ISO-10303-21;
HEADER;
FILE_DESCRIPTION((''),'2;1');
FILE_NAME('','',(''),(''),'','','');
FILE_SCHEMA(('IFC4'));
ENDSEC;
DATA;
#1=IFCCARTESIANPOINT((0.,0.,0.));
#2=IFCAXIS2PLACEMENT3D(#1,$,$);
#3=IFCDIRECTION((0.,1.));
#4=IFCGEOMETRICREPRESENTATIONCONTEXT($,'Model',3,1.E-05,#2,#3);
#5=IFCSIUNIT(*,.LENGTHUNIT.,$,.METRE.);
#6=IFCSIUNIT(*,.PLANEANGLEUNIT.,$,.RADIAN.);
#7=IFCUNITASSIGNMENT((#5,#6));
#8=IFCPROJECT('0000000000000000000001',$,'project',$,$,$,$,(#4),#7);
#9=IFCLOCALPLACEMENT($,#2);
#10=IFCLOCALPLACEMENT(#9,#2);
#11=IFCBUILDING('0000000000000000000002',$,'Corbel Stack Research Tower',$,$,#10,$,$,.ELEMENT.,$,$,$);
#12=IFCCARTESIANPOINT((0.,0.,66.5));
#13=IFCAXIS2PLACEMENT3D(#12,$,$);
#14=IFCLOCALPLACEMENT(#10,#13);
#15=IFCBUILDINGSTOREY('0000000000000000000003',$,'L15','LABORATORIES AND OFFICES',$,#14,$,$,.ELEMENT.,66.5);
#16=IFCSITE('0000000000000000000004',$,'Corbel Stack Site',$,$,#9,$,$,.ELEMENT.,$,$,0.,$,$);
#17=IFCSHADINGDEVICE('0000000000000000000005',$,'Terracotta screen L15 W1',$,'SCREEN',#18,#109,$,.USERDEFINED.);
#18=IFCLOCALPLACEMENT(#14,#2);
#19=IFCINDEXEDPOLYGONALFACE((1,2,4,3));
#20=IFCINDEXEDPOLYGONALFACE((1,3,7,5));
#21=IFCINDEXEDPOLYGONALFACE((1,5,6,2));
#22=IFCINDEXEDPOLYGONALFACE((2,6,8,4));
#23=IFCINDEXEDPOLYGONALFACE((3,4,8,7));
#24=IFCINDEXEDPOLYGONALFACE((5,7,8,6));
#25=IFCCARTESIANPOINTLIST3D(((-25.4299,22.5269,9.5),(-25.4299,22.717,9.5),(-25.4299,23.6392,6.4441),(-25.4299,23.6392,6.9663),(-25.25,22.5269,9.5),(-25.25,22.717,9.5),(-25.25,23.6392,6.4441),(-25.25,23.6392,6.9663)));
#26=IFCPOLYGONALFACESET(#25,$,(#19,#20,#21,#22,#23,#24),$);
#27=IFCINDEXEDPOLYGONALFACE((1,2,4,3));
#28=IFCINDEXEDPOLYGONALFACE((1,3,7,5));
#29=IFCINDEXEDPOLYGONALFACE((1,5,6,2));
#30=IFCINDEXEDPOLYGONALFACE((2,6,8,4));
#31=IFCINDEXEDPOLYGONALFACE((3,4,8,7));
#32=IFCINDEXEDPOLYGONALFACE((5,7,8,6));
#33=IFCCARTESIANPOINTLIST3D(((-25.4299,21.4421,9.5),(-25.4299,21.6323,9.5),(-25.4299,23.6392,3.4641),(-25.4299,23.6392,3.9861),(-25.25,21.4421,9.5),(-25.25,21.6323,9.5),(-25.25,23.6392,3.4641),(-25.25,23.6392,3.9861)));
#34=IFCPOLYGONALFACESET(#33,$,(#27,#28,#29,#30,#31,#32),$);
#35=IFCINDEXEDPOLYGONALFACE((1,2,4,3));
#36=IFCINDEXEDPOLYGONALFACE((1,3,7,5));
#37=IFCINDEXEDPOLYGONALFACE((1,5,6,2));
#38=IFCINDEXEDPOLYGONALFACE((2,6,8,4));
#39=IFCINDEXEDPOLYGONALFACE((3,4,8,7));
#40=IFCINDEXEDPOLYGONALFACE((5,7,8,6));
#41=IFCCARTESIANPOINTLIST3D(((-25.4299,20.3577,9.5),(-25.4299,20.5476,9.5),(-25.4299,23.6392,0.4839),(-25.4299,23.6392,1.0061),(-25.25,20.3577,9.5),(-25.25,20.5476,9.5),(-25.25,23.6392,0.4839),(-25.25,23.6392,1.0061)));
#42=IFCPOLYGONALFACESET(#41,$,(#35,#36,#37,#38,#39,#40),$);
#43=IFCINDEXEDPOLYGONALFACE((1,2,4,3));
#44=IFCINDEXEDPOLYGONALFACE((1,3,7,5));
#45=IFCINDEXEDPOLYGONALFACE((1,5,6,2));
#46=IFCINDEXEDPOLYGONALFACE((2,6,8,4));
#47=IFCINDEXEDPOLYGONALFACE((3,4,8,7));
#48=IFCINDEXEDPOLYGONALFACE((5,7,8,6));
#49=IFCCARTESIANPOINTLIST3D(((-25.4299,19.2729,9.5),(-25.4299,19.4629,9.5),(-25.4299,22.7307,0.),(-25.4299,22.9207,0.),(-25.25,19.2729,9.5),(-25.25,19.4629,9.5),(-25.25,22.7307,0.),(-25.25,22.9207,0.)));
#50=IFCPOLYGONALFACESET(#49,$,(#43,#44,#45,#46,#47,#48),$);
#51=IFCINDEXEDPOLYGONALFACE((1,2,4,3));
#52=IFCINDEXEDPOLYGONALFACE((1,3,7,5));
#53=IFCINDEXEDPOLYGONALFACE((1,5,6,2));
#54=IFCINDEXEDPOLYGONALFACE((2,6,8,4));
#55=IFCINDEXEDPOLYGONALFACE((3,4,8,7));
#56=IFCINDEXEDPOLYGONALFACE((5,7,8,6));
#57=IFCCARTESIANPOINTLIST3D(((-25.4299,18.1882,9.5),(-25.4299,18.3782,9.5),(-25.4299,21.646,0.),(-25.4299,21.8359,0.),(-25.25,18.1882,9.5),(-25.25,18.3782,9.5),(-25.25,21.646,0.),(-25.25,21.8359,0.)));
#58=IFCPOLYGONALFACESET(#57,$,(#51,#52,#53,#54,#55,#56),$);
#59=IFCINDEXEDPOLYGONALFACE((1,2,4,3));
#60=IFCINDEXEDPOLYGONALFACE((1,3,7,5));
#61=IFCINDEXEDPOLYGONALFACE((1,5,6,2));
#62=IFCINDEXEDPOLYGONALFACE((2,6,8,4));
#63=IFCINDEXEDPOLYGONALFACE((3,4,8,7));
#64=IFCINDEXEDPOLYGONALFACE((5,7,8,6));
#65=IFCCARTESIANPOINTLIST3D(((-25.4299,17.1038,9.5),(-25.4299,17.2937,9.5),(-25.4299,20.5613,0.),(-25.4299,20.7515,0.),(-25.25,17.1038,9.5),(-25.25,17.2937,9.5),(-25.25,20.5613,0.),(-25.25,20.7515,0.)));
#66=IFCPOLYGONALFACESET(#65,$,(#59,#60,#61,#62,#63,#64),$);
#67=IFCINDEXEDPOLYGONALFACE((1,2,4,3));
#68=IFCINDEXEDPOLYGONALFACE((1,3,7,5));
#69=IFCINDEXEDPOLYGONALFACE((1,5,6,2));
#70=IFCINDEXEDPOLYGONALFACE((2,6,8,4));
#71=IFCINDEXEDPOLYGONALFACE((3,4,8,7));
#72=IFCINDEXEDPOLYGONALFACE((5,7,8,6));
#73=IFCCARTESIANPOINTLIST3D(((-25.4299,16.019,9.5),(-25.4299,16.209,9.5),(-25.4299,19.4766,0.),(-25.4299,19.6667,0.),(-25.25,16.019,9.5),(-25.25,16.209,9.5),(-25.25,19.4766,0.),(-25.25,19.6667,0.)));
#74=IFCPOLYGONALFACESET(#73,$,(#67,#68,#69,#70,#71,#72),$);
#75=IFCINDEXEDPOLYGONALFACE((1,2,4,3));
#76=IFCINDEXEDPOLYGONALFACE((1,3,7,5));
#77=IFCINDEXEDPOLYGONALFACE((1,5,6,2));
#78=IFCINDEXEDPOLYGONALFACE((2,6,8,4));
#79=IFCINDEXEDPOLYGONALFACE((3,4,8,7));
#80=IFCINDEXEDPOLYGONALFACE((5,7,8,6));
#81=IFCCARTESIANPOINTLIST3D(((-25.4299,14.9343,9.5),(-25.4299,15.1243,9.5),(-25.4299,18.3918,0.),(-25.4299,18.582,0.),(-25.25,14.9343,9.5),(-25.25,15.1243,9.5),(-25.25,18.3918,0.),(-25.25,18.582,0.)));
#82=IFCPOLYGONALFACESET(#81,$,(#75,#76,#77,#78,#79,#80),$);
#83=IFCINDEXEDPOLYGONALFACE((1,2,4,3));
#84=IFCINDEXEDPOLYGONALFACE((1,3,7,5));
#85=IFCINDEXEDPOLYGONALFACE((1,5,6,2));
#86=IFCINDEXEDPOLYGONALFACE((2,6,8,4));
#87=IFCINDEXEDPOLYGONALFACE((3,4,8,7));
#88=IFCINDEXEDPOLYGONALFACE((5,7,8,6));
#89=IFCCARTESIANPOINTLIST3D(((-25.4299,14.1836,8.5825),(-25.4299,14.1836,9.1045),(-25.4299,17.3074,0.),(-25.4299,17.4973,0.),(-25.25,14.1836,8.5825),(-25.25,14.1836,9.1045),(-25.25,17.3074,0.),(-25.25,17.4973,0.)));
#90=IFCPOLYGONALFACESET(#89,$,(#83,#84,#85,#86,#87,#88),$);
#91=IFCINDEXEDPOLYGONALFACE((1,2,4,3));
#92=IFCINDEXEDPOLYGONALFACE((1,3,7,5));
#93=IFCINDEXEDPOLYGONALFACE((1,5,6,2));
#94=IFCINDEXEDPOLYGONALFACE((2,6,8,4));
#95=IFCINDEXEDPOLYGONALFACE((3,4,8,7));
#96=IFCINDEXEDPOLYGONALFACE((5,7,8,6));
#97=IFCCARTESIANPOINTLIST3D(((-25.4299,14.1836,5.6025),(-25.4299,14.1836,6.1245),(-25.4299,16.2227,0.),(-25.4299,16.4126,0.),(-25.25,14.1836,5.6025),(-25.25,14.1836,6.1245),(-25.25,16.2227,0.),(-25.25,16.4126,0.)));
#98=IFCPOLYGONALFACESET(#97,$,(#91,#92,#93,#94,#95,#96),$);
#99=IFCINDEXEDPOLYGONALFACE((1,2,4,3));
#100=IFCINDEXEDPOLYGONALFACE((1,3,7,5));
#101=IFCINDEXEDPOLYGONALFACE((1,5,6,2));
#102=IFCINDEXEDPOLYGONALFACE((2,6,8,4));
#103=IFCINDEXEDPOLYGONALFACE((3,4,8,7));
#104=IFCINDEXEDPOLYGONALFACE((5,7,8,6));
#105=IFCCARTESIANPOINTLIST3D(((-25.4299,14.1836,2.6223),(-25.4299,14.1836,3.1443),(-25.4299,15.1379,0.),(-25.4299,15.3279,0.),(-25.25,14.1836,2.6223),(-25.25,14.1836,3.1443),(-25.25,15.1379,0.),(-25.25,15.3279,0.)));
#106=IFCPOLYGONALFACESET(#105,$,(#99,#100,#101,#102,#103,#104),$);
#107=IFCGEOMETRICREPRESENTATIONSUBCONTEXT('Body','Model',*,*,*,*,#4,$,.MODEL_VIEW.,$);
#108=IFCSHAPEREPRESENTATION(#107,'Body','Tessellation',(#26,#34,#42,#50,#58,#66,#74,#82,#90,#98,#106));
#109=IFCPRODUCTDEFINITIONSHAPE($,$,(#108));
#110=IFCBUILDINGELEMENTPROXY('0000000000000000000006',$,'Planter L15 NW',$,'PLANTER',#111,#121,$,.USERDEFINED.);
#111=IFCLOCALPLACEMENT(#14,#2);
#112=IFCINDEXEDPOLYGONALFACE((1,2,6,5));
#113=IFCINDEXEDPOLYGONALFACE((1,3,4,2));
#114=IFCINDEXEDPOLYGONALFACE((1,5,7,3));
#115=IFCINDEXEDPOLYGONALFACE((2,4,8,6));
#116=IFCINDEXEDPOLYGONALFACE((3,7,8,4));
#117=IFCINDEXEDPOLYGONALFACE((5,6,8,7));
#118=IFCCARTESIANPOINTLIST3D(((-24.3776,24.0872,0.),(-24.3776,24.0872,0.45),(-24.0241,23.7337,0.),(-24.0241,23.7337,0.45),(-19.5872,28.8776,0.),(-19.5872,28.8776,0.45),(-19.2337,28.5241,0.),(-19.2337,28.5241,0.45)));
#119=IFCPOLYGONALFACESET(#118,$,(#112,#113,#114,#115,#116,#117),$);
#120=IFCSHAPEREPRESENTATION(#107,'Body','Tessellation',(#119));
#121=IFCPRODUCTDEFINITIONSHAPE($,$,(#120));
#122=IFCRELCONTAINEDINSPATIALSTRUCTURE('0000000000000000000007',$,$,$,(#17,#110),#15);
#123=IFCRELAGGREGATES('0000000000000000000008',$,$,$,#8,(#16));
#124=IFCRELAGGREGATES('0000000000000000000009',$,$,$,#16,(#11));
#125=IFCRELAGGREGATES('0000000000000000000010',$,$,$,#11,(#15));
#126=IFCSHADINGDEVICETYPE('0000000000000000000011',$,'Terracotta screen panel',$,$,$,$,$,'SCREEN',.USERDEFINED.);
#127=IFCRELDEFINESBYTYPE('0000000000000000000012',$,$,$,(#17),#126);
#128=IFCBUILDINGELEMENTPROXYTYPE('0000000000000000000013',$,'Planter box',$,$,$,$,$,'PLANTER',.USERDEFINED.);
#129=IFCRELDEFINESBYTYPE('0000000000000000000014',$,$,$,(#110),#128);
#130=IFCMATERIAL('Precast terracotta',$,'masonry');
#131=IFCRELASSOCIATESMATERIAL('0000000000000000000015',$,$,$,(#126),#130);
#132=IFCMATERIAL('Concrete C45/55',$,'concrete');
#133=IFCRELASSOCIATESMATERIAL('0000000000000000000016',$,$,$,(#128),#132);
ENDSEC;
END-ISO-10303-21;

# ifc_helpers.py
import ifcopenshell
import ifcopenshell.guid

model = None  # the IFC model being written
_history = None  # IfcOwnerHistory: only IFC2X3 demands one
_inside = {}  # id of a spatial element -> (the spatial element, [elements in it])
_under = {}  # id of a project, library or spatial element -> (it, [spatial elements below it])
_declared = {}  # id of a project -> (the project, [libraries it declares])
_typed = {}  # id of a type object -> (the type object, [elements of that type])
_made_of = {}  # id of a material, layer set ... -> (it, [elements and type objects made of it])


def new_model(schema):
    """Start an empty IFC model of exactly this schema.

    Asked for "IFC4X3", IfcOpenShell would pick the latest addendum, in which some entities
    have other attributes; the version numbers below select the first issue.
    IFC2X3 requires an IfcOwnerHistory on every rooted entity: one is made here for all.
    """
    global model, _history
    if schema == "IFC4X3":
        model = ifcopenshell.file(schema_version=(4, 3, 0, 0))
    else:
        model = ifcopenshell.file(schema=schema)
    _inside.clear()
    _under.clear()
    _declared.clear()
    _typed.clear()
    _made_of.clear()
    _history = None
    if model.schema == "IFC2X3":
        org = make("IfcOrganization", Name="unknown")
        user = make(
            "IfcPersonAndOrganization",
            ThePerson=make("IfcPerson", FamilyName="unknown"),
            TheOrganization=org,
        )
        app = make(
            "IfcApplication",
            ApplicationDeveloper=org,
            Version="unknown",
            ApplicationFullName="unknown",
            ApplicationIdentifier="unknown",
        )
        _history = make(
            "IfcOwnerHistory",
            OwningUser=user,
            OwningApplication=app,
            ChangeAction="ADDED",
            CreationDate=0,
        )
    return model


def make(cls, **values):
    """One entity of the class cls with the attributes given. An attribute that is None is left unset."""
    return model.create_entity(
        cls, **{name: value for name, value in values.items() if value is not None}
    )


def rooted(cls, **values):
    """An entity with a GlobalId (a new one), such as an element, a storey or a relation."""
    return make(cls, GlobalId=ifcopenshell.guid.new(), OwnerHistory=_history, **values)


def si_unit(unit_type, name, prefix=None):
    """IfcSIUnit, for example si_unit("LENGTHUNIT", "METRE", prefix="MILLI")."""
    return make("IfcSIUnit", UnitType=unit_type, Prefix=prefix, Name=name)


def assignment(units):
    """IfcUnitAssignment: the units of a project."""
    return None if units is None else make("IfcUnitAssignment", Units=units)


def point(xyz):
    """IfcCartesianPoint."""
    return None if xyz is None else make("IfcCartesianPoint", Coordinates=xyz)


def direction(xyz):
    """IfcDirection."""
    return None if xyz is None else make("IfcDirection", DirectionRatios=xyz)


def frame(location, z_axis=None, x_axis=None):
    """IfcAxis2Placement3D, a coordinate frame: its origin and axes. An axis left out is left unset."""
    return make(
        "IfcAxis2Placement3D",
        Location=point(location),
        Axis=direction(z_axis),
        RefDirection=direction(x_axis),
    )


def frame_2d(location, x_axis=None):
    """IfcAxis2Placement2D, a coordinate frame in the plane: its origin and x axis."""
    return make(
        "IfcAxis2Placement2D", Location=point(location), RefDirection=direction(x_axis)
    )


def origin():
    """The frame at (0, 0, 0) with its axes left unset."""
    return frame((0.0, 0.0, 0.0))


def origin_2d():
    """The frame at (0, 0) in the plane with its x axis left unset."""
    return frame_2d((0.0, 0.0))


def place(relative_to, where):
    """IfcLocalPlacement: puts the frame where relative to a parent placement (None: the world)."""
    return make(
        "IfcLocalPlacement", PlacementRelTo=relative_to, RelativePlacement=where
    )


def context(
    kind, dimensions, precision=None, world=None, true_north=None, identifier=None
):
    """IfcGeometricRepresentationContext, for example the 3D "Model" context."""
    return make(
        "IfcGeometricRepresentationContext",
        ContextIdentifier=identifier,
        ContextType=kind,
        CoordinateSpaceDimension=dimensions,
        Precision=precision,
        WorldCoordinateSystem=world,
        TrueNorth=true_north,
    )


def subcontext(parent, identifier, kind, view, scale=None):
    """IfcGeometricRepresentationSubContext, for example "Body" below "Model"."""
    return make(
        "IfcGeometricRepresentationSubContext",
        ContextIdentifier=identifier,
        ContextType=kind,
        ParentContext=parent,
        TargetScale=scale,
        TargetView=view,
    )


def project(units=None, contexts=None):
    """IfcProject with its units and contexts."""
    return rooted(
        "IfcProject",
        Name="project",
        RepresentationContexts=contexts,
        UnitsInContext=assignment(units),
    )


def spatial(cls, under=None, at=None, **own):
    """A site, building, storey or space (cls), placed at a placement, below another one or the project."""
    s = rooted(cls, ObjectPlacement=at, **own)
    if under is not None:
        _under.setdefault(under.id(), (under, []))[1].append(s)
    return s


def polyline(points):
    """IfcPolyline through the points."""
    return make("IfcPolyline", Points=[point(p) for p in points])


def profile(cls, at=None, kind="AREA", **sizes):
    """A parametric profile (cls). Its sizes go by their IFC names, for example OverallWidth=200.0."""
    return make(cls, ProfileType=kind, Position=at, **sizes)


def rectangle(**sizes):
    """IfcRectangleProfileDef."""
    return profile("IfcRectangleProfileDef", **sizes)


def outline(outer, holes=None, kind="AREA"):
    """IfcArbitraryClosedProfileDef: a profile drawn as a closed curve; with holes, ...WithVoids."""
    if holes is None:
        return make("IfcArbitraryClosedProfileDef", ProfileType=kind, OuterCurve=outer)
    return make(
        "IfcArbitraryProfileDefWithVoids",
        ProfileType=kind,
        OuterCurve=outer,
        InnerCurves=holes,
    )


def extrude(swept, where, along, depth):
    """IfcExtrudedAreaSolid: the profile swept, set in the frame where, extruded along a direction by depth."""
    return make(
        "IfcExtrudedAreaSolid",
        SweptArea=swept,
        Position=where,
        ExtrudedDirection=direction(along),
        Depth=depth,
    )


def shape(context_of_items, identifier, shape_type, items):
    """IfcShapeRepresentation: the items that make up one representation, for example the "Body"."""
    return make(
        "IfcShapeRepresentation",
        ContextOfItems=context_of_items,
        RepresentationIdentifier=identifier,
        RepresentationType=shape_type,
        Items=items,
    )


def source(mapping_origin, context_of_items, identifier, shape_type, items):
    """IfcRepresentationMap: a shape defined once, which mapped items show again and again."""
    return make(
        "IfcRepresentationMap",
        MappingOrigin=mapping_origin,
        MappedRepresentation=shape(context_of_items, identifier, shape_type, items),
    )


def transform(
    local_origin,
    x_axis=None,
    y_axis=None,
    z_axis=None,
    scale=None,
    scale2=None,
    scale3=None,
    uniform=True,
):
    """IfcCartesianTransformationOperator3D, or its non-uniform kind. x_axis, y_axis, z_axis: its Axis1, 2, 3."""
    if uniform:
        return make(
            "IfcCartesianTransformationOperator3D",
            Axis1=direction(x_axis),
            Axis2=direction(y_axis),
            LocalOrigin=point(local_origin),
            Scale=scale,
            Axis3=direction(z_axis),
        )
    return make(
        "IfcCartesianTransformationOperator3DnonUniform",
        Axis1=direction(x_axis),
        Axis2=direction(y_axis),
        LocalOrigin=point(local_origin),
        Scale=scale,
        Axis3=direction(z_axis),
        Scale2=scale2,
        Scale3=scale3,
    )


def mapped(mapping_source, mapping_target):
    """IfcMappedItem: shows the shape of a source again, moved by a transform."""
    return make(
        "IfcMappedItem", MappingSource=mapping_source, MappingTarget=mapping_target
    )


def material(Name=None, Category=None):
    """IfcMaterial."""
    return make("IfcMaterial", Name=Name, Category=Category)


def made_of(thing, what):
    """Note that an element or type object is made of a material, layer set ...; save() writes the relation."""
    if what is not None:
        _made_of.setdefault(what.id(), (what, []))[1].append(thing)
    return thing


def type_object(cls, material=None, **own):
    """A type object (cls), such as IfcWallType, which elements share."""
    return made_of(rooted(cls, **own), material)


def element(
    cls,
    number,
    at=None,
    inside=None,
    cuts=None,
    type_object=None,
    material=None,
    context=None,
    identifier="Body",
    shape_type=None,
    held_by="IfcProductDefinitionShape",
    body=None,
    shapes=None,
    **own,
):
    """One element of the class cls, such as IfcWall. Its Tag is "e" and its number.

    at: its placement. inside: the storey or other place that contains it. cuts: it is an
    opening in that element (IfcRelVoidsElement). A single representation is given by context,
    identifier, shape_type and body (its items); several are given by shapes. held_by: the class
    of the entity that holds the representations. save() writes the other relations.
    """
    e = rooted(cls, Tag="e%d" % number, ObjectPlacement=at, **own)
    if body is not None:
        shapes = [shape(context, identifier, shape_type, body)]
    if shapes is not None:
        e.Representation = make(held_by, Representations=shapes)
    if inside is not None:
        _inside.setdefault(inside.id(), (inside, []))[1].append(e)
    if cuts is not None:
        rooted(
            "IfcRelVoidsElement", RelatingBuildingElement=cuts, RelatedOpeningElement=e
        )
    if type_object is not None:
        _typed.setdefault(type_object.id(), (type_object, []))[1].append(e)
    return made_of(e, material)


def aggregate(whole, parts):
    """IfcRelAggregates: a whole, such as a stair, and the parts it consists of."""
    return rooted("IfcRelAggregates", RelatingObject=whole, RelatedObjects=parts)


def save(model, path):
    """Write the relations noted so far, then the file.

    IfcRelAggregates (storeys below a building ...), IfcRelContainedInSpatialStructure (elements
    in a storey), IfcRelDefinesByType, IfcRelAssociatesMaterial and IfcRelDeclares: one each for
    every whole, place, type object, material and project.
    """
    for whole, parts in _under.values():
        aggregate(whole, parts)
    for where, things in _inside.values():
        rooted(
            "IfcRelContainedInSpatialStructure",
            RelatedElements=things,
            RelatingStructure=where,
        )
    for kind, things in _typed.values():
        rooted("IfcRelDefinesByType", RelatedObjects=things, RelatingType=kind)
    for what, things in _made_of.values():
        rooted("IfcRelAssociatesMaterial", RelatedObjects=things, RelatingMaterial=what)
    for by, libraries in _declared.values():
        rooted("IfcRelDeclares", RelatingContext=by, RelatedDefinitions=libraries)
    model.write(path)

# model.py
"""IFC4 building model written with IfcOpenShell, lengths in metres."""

from ifc_helpers import new_model, si_unit, direction, frame, origin, origin_2d, place, context, subcontext, project, spatial, polyline, rectangle, outline, extrude, source, transform, mapped, material, type_object, element, save


model = new_model("IFC4")

# Units and contexts
model_context = context("Model", 3, precision=1e-05, world=origin(), true_north=direction((0.0, 1.0)))
body_context = subcontext(model_context, "Body", "Model", "MODEL_VIEW")
ifc_project = project(units=[si_unit("LENGTHUNIT", "METRE"), si_unit("PLANEANGLEUNIT", "RADIAN")], contexts=[model_context])

# Site, building, storey
site_placement = place(None, origin())
site = spatial("IfcSite", under=ifc_project, at=site_placement, Name="Corbel Stack Site", CompositionType="ELEMENT", RefElevation=0.0)
building_placement = place(site_placement, origin())
building = spatial("IfcBuilding", under=site, at=building_placement, Name="Corbel Stack Research Tower", CompositionType="ELEMENT")
storey_placement = place(building_placement, frame((0.0, 0.0, 66.5)))
storey = spatial("IfcBuildingStorey", under=building, at=storey_placement, Name="L15", Description="LABORATORIES AND OFFICES", CompositionType="ELEMENT", Elevation=66.5)

# Shading device
ifc_material_1 = material(Name="Precast terracotta", Category="masonry")
shading_device_type = type_object("IfcShadingDeviceType", Name="Terracotta screen panel", ElementType="SCREEN", PredefinedType="USERDEFINED", material=ifc_material_1)
shared_shape_1 = source(origin(), body_context, "Body", "SweptSolid", [
    extrude(outline(polyline([(1.1123, 9.5), (0.9221, 9.5), (0.0, 6.9663), (0.0, 6.4441), (1.1123, 9.5)])), frame((0.0, 0.0, 0.0), z_axis=(0.0, -1.0, 0.0), x_axis=(1.0, 0.0, 0.0)), (0.0, 0.0, 1.0), 0.1799),
    extrude(outline(polyline([(2.197, 9.5), (2.0068, 9.5), (0.0, 3.9861), (0.0, 3.4641), (2.197, 9.5)])), frame((0.0, 0.0, 0.0), z_axis=(0.0, -1.0, 0.0), x_axis=(1.0, 0.0, 0.0)), (0.0, 0.0, 1.0), 0.1799),
    extrude(outline(polyline([(3.2815, 9.5), (3.0916, 9.5), (0.0, 1.0061), (0.0, 0.4839), (3.2815, 9.5)])), frame((0.0, 0.0, 0.0), z_axis=(0.0, -1.0, 0.0), x_axis=(1.0, 0.0, 0.0)), (0.0, 0.0, 1.0), 0.1799),
    extrude(outline(polyline([(0.9084, 0.0), (4.3662, 9.5), (4.1763, 9.5), (0.7185, 0.0), (0.9084, 0.0)])), frame((0.0, 0.0, 0.0), z_axis=(0.0, -1.0, 0.0), x_axis=(1.0, 0.0, 0.0)), (0.0, 0.0, 1.0), 0.1799),
    extrude(outline(polyline([(1.9932, 0.0), (5.4509, 9.5), (5.261, 9.5), (1.8032, 0.0), (1.9932, 0.0)])), frame((0.0, 0.0, 0.0), z_axis=(0.0, -1.0, 0.0), x_axis=(1.0, 0.0, 0.0)), (0.0, 0.0, 1.0), 0.1799),
    extrude(outline(polyline([(3.0779, 0.0), (6.5354, 9.5), (6.3455, 9.5), (2.8877, 0.0), (3.0779, 0.0)])), frame((0.0, 0.0, 0.0), z_axis=(0.0, -1.0, 0.0), x_axis=(1.0, 0.0, 0.0)), (0.0, 0.0, 1.0), 0.1799),
    extrude(outline(polyline([(4.1626, 0.0), (7.6201, 9.5), (7.4302, 9.5), (3.9724, 0.0), (4.1626, 0.0)])), frame((0.0, 0.0, 0.0), z_axis=(0.0, -1.0, 0.0), x_axis=(1.0, 0.0, 0.0)), (0.0, 0.0, 1.0), 0.1799),
    extrude(outline(polyline([(5.2473, 0.0), (8.7048, 9.5), (8.5149, 9.5), (5.0571, 0.0), (5.2473, 0.0)])), frame((0.0, 0.0, 0.0), z_axis=(0.0, -1.0, 0.0), x_axis=(1.0, 0.0, 0.0)), (0.0, 0.0, 1.0), 0.1799),
    extrude(outline(polyline([(6.3318, 0.0), (9.4556, 8.5825), (9.4556, 9.1045), (6.1418, 0.0), (6.3318, 0.0)])), frame((0.0, 0.0, 0.0), z_axis=(0.0, -1.0, 0.0), x_axis=(1.0, 0.0, 0.0)), (0.0, 0.0, 1.0), 0.1799),
    extrude(outline(polyline([(7.4165, 0.0), (9.4556, 5.6025), (9.4556, 6.1245), (7.2266, 0.0), (7.4165, 0.0)])), frame((0.0, 0.0, 0.0), z_axis=(0.0, -1.0, 0.0), x_axis=(1.0, 0.0, 0.0)), (0.0, 0.0, 1.0), 0.1799),
    extrude(outline(polyline([(8.5012, 0.0), (9.4556, 2.6223), (9.4556, 3.1443), (8.3113, 0.0), (8.5012, 0.0)])), frame((0.0, 0.0, 0.0), z_axis=(0.0, -1.0, 0.0), x_axis=(1.0, 0.0, 0.0)), (0.0, 0.0, 1.0), 0.1799),
])
shading_device_1_placement = place(storey_placement, frame((-25.25, 23.6392, 0.0), z_axis=(0.0, 0.0, 1.0), x_axis=(0.0, -1.0, 0.0)))
element("IfcShadingDevice", 1, at=shading_device_1_placement, inside=storey, type_object=shading_device_type, Name="Terracotta screen L15 W1", ObjectType="SCREEN", PredefinedType="USERDEFINED", context=body_context, shape_type="MappedRepresentation", body=[
    mapped(shared_shape_1, transform((0.0, 0.0, 0.0))),
])

# Building element proxy
ifc_material_2 = material(Name="Concrete C45/55", Category="concrete")
building_element_proxy_type = type_object("IfcBuildingElementProxyType", Name="Planter box", ElementType="PLANTER", PredefinedType="USERDEFINED", material=ifc_material_2)
proxy_placement = place(storey_placement, frame((-21.8057, 26.3057, 0.0), z_axis=(0.0, 0.0, 1.0), x_axis=(-0.707107, -0.707107, 0.0)))
element("IfcBuildingElementProxy", 2, at=proxy_placement, inside=storey, type_object=building_element_proxy_type, Name="Planter L15 NW", ObjectType="PLANTER", PredefinedType="USERDEFINED", context=body_context, shape_type="SweptSolid", body=[
    extrude(rectangle(XDim=6.7747, YDim=0.5, at=origin_2d()), origin(), (0.0, 0.0, 1.0), 0.45),
])

save(model, "model.ifc")
